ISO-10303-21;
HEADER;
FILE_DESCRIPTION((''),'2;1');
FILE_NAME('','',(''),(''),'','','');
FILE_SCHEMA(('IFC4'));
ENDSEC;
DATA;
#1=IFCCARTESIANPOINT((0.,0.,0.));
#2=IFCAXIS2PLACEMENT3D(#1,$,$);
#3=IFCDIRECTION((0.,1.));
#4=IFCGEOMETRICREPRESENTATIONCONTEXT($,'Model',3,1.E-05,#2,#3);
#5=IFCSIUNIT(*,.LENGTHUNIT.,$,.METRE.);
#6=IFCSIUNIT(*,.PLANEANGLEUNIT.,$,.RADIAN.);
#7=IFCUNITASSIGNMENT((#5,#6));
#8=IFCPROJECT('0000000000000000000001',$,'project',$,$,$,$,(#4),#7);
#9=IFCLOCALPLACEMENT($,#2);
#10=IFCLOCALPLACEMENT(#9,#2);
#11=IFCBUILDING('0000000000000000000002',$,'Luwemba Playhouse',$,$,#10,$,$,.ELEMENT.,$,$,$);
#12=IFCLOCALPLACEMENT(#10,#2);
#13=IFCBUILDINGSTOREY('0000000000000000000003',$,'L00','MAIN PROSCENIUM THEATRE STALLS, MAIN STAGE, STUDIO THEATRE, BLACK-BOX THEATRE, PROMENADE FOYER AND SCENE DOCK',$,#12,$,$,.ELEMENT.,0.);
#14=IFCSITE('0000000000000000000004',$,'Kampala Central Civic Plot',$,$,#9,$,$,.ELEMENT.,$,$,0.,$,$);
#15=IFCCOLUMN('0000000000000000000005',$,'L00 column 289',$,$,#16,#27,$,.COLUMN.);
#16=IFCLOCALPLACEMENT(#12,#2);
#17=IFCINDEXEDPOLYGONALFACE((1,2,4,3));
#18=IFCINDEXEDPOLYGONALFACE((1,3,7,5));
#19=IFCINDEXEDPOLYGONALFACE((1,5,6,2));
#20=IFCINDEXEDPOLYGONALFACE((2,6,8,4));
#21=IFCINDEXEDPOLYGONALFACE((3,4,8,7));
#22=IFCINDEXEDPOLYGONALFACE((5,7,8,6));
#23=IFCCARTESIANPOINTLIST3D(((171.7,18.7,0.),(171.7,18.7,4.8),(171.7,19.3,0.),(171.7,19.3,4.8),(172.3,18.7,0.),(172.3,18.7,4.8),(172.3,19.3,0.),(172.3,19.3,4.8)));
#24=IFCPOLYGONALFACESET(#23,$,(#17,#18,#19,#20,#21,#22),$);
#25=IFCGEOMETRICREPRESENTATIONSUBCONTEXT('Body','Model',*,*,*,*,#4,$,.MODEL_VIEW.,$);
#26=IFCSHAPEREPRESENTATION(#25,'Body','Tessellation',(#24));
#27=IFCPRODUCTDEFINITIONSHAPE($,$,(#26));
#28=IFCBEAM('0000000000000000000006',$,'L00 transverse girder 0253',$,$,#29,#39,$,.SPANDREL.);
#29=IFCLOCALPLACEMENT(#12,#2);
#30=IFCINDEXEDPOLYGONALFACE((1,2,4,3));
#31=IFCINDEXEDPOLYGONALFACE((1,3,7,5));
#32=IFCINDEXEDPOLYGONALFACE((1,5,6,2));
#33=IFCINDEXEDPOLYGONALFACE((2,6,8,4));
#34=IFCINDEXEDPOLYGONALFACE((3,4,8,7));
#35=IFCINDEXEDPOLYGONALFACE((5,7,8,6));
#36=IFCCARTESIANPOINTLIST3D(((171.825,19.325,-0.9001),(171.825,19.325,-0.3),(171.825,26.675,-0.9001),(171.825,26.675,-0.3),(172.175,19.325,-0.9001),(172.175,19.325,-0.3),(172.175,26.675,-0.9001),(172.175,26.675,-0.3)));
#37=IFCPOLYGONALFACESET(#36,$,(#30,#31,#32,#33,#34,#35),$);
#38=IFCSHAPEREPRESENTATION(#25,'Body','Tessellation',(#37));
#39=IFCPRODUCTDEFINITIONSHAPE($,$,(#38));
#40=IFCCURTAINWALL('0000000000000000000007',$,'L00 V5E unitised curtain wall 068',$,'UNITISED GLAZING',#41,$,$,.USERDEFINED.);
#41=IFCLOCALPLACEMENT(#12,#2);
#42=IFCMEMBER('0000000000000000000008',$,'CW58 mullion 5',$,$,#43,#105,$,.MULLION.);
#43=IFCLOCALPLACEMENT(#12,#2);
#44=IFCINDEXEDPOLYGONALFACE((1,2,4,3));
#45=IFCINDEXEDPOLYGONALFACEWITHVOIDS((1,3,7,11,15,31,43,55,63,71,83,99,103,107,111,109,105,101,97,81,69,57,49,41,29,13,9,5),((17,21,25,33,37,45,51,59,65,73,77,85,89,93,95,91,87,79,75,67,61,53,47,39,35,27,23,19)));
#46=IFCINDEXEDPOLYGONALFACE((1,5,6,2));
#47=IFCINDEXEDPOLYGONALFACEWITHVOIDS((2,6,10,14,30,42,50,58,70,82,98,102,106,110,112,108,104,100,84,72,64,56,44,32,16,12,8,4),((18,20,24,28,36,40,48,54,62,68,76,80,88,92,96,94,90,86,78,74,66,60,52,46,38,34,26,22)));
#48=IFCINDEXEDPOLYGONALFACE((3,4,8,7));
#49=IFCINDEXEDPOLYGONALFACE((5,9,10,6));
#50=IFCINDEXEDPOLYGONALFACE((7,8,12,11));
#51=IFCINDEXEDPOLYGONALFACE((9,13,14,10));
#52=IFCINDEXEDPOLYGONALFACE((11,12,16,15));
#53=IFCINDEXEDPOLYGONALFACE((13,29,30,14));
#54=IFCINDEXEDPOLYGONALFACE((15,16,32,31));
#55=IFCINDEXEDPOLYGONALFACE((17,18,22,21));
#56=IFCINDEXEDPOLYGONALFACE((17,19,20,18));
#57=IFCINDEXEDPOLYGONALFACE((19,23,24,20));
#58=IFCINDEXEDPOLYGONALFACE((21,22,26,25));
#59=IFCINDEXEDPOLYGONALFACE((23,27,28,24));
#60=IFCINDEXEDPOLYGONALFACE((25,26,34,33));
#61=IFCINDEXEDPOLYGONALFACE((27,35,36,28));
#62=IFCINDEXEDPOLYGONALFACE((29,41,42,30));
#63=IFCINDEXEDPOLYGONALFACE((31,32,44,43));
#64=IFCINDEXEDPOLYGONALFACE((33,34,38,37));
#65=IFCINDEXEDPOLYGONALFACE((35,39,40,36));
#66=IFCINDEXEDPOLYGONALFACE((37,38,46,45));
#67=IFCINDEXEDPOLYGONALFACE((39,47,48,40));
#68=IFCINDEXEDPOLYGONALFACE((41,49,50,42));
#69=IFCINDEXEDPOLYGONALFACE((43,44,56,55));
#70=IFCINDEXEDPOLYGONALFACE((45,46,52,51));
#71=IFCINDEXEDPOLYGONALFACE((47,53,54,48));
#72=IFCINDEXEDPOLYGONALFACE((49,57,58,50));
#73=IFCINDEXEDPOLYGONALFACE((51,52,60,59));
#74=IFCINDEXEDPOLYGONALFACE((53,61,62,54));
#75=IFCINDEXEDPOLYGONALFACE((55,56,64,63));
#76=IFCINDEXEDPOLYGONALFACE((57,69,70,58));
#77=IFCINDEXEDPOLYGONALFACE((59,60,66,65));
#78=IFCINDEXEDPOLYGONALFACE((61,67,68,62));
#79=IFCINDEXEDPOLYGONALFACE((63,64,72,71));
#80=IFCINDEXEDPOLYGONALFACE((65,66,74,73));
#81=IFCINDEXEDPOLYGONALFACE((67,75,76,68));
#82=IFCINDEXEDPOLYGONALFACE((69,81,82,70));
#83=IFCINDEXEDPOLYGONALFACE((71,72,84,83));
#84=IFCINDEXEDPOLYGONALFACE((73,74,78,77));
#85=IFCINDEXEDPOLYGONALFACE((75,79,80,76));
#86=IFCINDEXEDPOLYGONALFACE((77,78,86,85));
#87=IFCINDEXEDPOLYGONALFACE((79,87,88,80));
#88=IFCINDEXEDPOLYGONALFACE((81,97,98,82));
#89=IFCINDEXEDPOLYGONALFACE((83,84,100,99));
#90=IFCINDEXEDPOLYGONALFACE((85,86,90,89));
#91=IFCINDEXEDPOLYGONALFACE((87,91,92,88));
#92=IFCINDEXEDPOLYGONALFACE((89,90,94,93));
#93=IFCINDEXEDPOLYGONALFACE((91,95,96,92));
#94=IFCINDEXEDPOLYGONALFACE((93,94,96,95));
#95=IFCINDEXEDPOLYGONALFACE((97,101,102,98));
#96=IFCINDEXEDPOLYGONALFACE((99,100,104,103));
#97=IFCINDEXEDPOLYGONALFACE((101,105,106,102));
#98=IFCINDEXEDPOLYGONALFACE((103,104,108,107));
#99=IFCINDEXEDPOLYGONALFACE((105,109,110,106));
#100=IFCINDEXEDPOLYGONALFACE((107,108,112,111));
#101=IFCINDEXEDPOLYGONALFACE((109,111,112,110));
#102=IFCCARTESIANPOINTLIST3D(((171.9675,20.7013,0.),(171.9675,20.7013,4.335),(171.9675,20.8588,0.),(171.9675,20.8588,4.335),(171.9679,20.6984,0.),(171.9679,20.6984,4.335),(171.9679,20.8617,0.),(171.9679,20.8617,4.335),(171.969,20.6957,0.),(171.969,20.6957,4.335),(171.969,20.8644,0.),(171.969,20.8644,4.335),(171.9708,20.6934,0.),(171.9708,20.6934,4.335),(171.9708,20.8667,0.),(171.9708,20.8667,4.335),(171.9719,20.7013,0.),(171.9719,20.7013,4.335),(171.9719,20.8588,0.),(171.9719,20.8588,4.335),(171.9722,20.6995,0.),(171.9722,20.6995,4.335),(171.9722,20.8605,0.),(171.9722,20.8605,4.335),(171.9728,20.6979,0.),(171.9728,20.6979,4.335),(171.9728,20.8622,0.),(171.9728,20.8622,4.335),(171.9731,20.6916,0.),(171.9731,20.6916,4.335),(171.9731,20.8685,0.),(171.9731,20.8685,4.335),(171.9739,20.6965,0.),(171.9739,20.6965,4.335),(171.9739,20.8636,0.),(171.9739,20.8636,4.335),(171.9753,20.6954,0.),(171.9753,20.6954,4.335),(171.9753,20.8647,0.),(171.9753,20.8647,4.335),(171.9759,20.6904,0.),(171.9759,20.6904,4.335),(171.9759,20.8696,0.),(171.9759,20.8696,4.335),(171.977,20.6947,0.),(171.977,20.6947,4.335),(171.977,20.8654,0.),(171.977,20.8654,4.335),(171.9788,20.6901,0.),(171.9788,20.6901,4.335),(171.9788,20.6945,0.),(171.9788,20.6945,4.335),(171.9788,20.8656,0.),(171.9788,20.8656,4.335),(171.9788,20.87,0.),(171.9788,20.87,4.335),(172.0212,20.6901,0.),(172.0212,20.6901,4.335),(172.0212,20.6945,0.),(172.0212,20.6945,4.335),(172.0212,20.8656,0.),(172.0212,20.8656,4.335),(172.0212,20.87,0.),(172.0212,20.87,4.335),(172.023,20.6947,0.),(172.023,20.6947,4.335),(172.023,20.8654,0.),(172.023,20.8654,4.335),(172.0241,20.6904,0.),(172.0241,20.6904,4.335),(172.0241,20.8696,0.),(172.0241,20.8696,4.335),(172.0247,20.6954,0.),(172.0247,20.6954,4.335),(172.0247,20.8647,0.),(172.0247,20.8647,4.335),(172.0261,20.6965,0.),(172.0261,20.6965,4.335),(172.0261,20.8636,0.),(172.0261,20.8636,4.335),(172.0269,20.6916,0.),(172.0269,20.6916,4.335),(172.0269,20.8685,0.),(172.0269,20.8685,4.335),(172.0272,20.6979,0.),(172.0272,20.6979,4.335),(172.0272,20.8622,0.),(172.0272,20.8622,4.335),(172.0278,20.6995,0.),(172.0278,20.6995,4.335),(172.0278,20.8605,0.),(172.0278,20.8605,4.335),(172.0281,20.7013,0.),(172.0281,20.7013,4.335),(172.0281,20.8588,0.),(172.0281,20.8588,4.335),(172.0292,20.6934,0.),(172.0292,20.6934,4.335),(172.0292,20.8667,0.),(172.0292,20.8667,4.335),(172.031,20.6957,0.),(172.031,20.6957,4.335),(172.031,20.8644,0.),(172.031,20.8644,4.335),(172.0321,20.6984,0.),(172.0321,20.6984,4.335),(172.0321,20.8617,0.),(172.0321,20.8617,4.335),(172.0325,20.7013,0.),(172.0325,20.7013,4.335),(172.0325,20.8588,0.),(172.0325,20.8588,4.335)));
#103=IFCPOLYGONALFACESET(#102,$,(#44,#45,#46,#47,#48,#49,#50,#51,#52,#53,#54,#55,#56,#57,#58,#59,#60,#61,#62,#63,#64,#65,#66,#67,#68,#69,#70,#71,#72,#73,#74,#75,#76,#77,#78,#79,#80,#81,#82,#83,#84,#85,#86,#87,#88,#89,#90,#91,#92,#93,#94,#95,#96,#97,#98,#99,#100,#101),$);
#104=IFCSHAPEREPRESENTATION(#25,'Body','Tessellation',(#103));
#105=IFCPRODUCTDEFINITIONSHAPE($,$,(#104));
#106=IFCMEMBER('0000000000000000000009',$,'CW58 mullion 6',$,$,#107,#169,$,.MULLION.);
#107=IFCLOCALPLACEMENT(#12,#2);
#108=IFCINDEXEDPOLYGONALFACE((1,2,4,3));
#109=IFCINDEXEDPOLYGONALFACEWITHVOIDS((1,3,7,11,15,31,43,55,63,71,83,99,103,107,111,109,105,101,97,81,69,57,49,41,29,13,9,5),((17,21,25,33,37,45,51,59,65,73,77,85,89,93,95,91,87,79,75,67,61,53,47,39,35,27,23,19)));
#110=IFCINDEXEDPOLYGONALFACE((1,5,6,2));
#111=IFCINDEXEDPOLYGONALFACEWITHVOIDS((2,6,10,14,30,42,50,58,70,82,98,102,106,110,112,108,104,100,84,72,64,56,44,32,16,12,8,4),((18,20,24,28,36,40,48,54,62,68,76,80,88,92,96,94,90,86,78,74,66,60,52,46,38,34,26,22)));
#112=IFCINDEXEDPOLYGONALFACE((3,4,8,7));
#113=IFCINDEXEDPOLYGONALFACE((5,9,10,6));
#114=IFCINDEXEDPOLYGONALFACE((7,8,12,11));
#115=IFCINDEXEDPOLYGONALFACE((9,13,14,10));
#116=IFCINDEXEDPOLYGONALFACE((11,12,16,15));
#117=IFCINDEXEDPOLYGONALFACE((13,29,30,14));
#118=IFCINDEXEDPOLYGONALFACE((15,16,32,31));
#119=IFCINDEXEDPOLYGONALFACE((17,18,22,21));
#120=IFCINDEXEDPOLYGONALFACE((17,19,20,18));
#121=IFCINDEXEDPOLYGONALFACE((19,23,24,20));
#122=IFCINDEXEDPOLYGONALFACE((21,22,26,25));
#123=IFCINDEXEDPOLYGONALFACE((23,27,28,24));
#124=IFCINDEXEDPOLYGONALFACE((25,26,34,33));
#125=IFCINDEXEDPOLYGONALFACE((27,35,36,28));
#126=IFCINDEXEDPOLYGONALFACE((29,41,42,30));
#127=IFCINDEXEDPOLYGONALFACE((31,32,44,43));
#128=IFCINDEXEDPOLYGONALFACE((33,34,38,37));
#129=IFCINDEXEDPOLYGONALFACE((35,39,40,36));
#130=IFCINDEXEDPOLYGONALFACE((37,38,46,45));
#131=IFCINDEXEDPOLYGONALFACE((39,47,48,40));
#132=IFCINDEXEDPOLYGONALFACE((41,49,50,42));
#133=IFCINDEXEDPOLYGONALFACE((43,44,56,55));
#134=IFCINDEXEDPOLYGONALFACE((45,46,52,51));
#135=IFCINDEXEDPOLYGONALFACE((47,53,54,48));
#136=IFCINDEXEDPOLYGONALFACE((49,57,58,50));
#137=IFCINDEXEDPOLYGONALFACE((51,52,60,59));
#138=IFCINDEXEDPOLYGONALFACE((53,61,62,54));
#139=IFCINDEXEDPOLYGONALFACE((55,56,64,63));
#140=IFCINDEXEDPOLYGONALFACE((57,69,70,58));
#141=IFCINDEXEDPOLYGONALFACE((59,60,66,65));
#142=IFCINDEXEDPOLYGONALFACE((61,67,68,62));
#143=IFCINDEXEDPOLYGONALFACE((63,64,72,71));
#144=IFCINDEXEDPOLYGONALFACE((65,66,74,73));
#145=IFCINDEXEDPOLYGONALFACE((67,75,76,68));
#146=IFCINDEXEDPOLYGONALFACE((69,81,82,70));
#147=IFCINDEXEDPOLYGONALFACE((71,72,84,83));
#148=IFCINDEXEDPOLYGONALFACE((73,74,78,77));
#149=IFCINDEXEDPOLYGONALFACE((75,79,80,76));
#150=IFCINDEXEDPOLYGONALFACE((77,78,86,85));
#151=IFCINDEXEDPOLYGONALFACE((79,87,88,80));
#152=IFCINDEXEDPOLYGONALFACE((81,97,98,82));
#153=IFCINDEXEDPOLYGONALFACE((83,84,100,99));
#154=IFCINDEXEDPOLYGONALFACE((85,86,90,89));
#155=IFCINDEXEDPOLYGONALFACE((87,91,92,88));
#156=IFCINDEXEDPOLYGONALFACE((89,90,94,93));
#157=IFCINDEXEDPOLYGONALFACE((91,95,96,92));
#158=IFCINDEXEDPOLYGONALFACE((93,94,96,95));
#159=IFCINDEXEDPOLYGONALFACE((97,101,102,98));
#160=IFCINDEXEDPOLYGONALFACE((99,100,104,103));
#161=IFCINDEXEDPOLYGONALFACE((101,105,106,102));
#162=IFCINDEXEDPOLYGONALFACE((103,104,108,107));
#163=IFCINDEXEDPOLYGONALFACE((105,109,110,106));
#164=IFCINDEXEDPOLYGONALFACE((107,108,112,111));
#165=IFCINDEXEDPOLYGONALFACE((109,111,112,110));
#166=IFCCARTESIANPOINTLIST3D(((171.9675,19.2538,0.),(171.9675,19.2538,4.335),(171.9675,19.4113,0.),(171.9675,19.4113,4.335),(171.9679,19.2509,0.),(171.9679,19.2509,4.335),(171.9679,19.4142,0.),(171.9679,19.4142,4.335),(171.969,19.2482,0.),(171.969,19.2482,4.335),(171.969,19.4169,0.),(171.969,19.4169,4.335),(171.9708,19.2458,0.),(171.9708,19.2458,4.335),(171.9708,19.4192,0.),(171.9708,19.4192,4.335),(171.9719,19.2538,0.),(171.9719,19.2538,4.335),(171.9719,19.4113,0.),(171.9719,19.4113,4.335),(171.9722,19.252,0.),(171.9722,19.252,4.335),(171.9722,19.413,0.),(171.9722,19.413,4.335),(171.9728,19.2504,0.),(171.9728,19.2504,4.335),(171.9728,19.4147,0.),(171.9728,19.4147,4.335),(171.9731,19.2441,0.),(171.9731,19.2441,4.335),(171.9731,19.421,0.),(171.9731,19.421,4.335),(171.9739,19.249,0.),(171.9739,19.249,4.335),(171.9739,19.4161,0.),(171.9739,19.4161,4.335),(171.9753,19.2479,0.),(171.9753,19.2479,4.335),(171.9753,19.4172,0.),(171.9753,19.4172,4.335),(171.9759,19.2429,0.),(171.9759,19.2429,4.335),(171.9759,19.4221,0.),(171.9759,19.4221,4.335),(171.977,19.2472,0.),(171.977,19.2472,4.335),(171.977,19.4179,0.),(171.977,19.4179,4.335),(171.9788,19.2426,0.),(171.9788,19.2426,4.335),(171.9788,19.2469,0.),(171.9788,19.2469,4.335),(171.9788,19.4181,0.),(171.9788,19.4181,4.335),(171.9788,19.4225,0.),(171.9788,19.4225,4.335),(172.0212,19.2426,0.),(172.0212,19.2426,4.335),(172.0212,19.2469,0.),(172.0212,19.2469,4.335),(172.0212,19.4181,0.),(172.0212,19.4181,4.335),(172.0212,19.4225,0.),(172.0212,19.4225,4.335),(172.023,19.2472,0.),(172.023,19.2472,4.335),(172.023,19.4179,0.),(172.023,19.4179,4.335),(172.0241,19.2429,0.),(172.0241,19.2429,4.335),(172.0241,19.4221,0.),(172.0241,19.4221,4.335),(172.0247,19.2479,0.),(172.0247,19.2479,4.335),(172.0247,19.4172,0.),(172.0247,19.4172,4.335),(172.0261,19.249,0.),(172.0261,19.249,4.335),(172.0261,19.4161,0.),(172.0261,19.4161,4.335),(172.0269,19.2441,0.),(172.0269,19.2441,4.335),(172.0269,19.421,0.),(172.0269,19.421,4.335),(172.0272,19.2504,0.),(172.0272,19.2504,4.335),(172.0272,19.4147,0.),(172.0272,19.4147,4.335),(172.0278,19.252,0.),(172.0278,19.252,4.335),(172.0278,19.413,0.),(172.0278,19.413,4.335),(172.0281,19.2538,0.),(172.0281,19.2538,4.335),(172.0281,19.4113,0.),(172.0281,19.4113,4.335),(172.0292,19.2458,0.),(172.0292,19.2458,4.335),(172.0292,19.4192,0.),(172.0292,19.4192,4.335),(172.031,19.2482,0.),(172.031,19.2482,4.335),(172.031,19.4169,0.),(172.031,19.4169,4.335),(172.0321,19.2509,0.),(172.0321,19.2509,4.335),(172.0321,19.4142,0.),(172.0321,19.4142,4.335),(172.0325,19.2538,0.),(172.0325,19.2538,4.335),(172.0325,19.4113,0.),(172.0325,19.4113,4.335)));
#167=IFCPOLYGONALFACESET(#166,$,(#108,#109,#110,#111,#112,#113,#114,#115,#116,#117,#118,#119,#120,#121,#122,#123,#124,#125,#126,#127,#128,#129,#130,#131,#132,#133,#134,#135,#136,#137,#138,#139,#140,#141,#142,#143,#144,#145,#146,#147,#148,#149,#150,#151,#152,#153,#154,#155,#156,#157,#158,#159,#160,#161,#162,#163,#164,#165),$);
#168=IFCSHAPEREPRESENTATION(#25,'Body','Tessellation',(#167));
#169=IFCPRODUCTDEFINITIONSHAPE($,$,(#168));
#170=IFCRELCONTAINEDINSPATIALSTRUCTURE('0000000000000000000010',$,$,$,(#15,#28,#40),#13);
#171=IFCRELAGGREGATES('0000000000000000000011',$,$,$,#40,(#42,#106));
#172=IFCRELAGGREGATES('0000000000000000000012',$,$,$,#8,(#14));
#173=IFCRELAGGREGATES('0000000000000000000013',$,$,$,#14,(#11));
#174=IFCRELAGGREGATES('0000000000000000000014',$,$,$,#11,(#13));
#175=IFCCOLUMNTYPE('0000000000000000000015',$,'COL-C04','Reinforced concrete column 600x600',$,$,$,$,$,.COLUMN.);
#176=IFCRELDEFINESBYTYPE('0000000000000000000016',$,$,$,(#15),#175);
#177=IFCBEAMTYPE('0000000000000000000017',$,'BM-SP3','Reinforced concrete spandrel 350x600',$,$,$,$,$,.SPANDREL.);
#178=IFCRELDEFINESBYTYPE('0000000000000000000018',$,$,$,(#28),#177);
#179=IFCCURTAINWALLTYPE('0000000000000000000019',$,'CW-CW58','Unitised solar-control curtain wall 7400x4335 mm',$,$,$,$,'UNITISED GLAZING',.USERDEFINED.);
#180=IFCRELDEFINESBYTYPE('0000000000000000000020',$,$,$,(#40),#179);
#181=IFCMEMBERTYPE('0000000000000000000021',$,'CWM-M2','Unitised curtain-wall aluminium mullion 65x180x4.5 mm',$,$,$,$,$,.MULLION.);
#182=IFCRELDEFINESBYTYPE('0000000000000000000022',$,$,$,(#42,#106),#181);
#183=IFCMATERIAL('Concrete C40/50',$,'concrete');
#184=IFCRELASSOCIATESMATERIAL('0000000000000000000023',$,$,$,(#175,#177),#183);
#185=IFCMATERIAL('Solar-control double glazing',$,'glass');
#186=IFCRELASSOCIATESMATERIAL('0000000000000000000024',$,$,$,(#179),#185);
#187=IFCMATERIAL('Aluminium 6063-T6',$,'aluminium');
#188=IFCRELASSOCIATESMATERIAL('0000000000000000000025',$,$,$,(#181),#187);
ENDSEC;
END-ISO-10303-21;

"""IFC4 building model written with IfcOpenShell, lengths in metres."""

from ifc_helpers import new_model, si_unit, direction, frame, origin, origin_2d, place, context, subcontext, project, spatial, rectangle, hollow_rectangle, extrude, material, material_profile, profile_set, type_object, element, aggregate, save


model = new_model("IFC4")

# Units and contexts
model_context = context("Model", 3, precision=1e-05, world=origin(), true_north=direction((0.0, 1.0)))
body_context = subcontext(model_context, "Body", "Model", "MODEL_VIEW")
ifc_project = project(units=[si_unit("LENGTHUNIT", "METRE"), si_unit("PLANEANGLEUNIT", "RADIAN")], contexts=[model_context])

# Site, building, storey
site_placement = place(None, origin())
site = spatial("IfcSite", under=ifc_project, at=site_placement, Name="Kampala Central Civic Plot", CompositionType="ELEMENT", RefElevation=0.0)
building_placement = place(site_placement, origin())
building = spatial("IfcBuilding", under=site, at=building_placement, Name="Luwemba Playhouse", CompositionType="ELEMENT")
storey_placement = place(building_placement, origin())
storey = spatial("IfcBuildingStorey", under=building, at=storey_placement, Name="L00", Description="MAIN PROSCENIUM THEATRE STALLS, MAIN STAGE, STUDIO THEATRE, BLACK-BOX THEATRE, PROMENADE FOYER AND SCENE DOCK", CompositionType="ELEMENT", Elevation=0.0)

# Column
ifc_material_1 = material(Name="Concrete C40/50", Category="concrete")
ifc_material_profile_1 = material_profile(ifc_material_1, rectangle(XDim=0.6001, YDim=0.6001, at=origin_2d()))
ifc_profile_set_1 = profile_set([ifc_material_profile_1], Name="Concrete C40/50")
column_type = type_object("IfcColumnType", Name="COL-C04", Description="Reinforced concrete column 600x600", PredefinedType="COLUMN", material=ifc_profile_set_1)
column_placement = place(storey_placement, frame((172.0, 19.0, 0.0), z_axis=(0.0, 0.0, 1.0), x_axis=(1.0, 0.0, 0.0)))
element("IfcColumn", 1, at=column_placement, inside=storey, type_object=column_type, Name="L00 column 289", PredefinedType="COLUMN", context=body_context, shape_type="SweptSolid", body=[
    extrude(rectangle(XDim=0.6001, YDim=0.6001, at=origin_2d()), origin(), (0.0, 0.0, 1.0), 4.8),
])

# Beam
ifc_material_profile_2 = material_profile(ifc_material_1, rectangle(XDim=0.3501, YDim=0.6001, at=origin_2d()))
ifc_profile_set_2 = profile_set([ifc_material_profile_2], Name="Concrete C40/50")
beam_type = type_object("IfcBeamType", Name="BM-SP3", Description="Reinforced concrete spandrel 350x600", PredefinedType="SPANDREL", material=ifc_profile_set_2)
beam_placement = place(storey_placement, frame((172.0, 19.325, -0.6001), z_axis=(0.0, 1.0, 0.0), x_axis=(-1.0, 0.0, 0.0)))
element("IfcBeam", 2, at=beam_placement, inside=storey, type_object=beam_type, Name="L00 transverse girder 0253", PredefinedType="SPANDREL", context=body_context, shape_type="SweptSolid", body=[
    extrude(rectangle(XDim=0.3501, YDim=0.6001, at=origin_2d()), origin(), (0.0, 0.0, 1.0), 7.3501),
])

# Curtain wall, members
ifc_material_2 = material(Name="Solar-control double glazing", Category="glass")
curtain_wall_type_1 = type_object("IfcCurtainWallType", Name="CW-CW58", Description="Unitised solar-control curtain wall 7400x4335 mm", ElementType="UNITISED GLAZING", PredefinedType="USERDEFINED", material=ifc_material_2)
curtain_wall_1_placement = place(storey_placement, origin())
curtain_wall_1 = element("IfcCurtainWall", 3, at=curtain_wall_1_placement, inside=storey, type_object=curtain_wall_type_1, Name="L00 V5E unitised curtain wall 068", ObjectType="UNITISED GLAZING", PredefinedType="USERDEFINED")
ifc_material_3 = material(Name="Aluminium 6063-T6", Category="aluminium")
ifc_material_profile_3 = material_profile(ifc_material_3, hollow_rectangle(XDim=0.0649, YDim=0.1799, WallThickness=0.0044, InnerFilletRadius=0.0068, OuterFilletRadius=0.0112, at=origin_2d()))
ifc_profile_set_3 = profile_set([ifc_material_profile_3], Name="Aluminium 6063-T6")
member_type_1 = type_object("IfcMemberType", Name="CWM-M2", Description="Unitised curtain-wall aluminium mullion 65x180x4.5 mm", PredefinedType="MULLION", material=ifc_profile_set_3)
member_1_placement = place(storey_placement, frame((172.0, 20.78, 0.0), z_axis=(0.0, 0.0, 1.0), x_axis=(1.0, 0.0, 0.0)))
member_1 = element("IfcMember", 4, at=member_1_placement, type_object=member_type_1, Name="CW58 mullion 5", PredefinedType="MULLION", context=body_context, shape_type="SweptSolid", body=[
    extrude(hollow_rectangle(XDim=0.0649, YDim=0.1799, WallThickness=0.0044, InnerFilletRadius=0.0068, OuterFilletRadius=0.0112, at=origin_2d()), origin(), (0.0, 0.0, 1.0), 4.335),
])
member_2_placement = place(storey_placement, frame((172.0, 19.3325, 0.0), z_axis=(0.0, 0.0, 1.0), x_axis=(1.0, 0.0, 0.0)))
member_2 = element("IfcMember", 5, at=member_2_placement, type_object=member_type_1, Name="CW58 mullion 6", PredefinedType="MULLION", context=body_context, shape_type="SweptSolid", body=[
    extrude(hollow_rectangle(XDim=0.0649, YDim=0.1799, WallThickness=0.0044, InnerFilletRadius=0.0068, OuterFilletRadius=0.0112, at=origin_2d()), origin(), (0.0, 0.0, 1.0), 4.335),
])

aggregate(curtain_wall_1, [member_1, member_2])

save(model, "model.ifc")
